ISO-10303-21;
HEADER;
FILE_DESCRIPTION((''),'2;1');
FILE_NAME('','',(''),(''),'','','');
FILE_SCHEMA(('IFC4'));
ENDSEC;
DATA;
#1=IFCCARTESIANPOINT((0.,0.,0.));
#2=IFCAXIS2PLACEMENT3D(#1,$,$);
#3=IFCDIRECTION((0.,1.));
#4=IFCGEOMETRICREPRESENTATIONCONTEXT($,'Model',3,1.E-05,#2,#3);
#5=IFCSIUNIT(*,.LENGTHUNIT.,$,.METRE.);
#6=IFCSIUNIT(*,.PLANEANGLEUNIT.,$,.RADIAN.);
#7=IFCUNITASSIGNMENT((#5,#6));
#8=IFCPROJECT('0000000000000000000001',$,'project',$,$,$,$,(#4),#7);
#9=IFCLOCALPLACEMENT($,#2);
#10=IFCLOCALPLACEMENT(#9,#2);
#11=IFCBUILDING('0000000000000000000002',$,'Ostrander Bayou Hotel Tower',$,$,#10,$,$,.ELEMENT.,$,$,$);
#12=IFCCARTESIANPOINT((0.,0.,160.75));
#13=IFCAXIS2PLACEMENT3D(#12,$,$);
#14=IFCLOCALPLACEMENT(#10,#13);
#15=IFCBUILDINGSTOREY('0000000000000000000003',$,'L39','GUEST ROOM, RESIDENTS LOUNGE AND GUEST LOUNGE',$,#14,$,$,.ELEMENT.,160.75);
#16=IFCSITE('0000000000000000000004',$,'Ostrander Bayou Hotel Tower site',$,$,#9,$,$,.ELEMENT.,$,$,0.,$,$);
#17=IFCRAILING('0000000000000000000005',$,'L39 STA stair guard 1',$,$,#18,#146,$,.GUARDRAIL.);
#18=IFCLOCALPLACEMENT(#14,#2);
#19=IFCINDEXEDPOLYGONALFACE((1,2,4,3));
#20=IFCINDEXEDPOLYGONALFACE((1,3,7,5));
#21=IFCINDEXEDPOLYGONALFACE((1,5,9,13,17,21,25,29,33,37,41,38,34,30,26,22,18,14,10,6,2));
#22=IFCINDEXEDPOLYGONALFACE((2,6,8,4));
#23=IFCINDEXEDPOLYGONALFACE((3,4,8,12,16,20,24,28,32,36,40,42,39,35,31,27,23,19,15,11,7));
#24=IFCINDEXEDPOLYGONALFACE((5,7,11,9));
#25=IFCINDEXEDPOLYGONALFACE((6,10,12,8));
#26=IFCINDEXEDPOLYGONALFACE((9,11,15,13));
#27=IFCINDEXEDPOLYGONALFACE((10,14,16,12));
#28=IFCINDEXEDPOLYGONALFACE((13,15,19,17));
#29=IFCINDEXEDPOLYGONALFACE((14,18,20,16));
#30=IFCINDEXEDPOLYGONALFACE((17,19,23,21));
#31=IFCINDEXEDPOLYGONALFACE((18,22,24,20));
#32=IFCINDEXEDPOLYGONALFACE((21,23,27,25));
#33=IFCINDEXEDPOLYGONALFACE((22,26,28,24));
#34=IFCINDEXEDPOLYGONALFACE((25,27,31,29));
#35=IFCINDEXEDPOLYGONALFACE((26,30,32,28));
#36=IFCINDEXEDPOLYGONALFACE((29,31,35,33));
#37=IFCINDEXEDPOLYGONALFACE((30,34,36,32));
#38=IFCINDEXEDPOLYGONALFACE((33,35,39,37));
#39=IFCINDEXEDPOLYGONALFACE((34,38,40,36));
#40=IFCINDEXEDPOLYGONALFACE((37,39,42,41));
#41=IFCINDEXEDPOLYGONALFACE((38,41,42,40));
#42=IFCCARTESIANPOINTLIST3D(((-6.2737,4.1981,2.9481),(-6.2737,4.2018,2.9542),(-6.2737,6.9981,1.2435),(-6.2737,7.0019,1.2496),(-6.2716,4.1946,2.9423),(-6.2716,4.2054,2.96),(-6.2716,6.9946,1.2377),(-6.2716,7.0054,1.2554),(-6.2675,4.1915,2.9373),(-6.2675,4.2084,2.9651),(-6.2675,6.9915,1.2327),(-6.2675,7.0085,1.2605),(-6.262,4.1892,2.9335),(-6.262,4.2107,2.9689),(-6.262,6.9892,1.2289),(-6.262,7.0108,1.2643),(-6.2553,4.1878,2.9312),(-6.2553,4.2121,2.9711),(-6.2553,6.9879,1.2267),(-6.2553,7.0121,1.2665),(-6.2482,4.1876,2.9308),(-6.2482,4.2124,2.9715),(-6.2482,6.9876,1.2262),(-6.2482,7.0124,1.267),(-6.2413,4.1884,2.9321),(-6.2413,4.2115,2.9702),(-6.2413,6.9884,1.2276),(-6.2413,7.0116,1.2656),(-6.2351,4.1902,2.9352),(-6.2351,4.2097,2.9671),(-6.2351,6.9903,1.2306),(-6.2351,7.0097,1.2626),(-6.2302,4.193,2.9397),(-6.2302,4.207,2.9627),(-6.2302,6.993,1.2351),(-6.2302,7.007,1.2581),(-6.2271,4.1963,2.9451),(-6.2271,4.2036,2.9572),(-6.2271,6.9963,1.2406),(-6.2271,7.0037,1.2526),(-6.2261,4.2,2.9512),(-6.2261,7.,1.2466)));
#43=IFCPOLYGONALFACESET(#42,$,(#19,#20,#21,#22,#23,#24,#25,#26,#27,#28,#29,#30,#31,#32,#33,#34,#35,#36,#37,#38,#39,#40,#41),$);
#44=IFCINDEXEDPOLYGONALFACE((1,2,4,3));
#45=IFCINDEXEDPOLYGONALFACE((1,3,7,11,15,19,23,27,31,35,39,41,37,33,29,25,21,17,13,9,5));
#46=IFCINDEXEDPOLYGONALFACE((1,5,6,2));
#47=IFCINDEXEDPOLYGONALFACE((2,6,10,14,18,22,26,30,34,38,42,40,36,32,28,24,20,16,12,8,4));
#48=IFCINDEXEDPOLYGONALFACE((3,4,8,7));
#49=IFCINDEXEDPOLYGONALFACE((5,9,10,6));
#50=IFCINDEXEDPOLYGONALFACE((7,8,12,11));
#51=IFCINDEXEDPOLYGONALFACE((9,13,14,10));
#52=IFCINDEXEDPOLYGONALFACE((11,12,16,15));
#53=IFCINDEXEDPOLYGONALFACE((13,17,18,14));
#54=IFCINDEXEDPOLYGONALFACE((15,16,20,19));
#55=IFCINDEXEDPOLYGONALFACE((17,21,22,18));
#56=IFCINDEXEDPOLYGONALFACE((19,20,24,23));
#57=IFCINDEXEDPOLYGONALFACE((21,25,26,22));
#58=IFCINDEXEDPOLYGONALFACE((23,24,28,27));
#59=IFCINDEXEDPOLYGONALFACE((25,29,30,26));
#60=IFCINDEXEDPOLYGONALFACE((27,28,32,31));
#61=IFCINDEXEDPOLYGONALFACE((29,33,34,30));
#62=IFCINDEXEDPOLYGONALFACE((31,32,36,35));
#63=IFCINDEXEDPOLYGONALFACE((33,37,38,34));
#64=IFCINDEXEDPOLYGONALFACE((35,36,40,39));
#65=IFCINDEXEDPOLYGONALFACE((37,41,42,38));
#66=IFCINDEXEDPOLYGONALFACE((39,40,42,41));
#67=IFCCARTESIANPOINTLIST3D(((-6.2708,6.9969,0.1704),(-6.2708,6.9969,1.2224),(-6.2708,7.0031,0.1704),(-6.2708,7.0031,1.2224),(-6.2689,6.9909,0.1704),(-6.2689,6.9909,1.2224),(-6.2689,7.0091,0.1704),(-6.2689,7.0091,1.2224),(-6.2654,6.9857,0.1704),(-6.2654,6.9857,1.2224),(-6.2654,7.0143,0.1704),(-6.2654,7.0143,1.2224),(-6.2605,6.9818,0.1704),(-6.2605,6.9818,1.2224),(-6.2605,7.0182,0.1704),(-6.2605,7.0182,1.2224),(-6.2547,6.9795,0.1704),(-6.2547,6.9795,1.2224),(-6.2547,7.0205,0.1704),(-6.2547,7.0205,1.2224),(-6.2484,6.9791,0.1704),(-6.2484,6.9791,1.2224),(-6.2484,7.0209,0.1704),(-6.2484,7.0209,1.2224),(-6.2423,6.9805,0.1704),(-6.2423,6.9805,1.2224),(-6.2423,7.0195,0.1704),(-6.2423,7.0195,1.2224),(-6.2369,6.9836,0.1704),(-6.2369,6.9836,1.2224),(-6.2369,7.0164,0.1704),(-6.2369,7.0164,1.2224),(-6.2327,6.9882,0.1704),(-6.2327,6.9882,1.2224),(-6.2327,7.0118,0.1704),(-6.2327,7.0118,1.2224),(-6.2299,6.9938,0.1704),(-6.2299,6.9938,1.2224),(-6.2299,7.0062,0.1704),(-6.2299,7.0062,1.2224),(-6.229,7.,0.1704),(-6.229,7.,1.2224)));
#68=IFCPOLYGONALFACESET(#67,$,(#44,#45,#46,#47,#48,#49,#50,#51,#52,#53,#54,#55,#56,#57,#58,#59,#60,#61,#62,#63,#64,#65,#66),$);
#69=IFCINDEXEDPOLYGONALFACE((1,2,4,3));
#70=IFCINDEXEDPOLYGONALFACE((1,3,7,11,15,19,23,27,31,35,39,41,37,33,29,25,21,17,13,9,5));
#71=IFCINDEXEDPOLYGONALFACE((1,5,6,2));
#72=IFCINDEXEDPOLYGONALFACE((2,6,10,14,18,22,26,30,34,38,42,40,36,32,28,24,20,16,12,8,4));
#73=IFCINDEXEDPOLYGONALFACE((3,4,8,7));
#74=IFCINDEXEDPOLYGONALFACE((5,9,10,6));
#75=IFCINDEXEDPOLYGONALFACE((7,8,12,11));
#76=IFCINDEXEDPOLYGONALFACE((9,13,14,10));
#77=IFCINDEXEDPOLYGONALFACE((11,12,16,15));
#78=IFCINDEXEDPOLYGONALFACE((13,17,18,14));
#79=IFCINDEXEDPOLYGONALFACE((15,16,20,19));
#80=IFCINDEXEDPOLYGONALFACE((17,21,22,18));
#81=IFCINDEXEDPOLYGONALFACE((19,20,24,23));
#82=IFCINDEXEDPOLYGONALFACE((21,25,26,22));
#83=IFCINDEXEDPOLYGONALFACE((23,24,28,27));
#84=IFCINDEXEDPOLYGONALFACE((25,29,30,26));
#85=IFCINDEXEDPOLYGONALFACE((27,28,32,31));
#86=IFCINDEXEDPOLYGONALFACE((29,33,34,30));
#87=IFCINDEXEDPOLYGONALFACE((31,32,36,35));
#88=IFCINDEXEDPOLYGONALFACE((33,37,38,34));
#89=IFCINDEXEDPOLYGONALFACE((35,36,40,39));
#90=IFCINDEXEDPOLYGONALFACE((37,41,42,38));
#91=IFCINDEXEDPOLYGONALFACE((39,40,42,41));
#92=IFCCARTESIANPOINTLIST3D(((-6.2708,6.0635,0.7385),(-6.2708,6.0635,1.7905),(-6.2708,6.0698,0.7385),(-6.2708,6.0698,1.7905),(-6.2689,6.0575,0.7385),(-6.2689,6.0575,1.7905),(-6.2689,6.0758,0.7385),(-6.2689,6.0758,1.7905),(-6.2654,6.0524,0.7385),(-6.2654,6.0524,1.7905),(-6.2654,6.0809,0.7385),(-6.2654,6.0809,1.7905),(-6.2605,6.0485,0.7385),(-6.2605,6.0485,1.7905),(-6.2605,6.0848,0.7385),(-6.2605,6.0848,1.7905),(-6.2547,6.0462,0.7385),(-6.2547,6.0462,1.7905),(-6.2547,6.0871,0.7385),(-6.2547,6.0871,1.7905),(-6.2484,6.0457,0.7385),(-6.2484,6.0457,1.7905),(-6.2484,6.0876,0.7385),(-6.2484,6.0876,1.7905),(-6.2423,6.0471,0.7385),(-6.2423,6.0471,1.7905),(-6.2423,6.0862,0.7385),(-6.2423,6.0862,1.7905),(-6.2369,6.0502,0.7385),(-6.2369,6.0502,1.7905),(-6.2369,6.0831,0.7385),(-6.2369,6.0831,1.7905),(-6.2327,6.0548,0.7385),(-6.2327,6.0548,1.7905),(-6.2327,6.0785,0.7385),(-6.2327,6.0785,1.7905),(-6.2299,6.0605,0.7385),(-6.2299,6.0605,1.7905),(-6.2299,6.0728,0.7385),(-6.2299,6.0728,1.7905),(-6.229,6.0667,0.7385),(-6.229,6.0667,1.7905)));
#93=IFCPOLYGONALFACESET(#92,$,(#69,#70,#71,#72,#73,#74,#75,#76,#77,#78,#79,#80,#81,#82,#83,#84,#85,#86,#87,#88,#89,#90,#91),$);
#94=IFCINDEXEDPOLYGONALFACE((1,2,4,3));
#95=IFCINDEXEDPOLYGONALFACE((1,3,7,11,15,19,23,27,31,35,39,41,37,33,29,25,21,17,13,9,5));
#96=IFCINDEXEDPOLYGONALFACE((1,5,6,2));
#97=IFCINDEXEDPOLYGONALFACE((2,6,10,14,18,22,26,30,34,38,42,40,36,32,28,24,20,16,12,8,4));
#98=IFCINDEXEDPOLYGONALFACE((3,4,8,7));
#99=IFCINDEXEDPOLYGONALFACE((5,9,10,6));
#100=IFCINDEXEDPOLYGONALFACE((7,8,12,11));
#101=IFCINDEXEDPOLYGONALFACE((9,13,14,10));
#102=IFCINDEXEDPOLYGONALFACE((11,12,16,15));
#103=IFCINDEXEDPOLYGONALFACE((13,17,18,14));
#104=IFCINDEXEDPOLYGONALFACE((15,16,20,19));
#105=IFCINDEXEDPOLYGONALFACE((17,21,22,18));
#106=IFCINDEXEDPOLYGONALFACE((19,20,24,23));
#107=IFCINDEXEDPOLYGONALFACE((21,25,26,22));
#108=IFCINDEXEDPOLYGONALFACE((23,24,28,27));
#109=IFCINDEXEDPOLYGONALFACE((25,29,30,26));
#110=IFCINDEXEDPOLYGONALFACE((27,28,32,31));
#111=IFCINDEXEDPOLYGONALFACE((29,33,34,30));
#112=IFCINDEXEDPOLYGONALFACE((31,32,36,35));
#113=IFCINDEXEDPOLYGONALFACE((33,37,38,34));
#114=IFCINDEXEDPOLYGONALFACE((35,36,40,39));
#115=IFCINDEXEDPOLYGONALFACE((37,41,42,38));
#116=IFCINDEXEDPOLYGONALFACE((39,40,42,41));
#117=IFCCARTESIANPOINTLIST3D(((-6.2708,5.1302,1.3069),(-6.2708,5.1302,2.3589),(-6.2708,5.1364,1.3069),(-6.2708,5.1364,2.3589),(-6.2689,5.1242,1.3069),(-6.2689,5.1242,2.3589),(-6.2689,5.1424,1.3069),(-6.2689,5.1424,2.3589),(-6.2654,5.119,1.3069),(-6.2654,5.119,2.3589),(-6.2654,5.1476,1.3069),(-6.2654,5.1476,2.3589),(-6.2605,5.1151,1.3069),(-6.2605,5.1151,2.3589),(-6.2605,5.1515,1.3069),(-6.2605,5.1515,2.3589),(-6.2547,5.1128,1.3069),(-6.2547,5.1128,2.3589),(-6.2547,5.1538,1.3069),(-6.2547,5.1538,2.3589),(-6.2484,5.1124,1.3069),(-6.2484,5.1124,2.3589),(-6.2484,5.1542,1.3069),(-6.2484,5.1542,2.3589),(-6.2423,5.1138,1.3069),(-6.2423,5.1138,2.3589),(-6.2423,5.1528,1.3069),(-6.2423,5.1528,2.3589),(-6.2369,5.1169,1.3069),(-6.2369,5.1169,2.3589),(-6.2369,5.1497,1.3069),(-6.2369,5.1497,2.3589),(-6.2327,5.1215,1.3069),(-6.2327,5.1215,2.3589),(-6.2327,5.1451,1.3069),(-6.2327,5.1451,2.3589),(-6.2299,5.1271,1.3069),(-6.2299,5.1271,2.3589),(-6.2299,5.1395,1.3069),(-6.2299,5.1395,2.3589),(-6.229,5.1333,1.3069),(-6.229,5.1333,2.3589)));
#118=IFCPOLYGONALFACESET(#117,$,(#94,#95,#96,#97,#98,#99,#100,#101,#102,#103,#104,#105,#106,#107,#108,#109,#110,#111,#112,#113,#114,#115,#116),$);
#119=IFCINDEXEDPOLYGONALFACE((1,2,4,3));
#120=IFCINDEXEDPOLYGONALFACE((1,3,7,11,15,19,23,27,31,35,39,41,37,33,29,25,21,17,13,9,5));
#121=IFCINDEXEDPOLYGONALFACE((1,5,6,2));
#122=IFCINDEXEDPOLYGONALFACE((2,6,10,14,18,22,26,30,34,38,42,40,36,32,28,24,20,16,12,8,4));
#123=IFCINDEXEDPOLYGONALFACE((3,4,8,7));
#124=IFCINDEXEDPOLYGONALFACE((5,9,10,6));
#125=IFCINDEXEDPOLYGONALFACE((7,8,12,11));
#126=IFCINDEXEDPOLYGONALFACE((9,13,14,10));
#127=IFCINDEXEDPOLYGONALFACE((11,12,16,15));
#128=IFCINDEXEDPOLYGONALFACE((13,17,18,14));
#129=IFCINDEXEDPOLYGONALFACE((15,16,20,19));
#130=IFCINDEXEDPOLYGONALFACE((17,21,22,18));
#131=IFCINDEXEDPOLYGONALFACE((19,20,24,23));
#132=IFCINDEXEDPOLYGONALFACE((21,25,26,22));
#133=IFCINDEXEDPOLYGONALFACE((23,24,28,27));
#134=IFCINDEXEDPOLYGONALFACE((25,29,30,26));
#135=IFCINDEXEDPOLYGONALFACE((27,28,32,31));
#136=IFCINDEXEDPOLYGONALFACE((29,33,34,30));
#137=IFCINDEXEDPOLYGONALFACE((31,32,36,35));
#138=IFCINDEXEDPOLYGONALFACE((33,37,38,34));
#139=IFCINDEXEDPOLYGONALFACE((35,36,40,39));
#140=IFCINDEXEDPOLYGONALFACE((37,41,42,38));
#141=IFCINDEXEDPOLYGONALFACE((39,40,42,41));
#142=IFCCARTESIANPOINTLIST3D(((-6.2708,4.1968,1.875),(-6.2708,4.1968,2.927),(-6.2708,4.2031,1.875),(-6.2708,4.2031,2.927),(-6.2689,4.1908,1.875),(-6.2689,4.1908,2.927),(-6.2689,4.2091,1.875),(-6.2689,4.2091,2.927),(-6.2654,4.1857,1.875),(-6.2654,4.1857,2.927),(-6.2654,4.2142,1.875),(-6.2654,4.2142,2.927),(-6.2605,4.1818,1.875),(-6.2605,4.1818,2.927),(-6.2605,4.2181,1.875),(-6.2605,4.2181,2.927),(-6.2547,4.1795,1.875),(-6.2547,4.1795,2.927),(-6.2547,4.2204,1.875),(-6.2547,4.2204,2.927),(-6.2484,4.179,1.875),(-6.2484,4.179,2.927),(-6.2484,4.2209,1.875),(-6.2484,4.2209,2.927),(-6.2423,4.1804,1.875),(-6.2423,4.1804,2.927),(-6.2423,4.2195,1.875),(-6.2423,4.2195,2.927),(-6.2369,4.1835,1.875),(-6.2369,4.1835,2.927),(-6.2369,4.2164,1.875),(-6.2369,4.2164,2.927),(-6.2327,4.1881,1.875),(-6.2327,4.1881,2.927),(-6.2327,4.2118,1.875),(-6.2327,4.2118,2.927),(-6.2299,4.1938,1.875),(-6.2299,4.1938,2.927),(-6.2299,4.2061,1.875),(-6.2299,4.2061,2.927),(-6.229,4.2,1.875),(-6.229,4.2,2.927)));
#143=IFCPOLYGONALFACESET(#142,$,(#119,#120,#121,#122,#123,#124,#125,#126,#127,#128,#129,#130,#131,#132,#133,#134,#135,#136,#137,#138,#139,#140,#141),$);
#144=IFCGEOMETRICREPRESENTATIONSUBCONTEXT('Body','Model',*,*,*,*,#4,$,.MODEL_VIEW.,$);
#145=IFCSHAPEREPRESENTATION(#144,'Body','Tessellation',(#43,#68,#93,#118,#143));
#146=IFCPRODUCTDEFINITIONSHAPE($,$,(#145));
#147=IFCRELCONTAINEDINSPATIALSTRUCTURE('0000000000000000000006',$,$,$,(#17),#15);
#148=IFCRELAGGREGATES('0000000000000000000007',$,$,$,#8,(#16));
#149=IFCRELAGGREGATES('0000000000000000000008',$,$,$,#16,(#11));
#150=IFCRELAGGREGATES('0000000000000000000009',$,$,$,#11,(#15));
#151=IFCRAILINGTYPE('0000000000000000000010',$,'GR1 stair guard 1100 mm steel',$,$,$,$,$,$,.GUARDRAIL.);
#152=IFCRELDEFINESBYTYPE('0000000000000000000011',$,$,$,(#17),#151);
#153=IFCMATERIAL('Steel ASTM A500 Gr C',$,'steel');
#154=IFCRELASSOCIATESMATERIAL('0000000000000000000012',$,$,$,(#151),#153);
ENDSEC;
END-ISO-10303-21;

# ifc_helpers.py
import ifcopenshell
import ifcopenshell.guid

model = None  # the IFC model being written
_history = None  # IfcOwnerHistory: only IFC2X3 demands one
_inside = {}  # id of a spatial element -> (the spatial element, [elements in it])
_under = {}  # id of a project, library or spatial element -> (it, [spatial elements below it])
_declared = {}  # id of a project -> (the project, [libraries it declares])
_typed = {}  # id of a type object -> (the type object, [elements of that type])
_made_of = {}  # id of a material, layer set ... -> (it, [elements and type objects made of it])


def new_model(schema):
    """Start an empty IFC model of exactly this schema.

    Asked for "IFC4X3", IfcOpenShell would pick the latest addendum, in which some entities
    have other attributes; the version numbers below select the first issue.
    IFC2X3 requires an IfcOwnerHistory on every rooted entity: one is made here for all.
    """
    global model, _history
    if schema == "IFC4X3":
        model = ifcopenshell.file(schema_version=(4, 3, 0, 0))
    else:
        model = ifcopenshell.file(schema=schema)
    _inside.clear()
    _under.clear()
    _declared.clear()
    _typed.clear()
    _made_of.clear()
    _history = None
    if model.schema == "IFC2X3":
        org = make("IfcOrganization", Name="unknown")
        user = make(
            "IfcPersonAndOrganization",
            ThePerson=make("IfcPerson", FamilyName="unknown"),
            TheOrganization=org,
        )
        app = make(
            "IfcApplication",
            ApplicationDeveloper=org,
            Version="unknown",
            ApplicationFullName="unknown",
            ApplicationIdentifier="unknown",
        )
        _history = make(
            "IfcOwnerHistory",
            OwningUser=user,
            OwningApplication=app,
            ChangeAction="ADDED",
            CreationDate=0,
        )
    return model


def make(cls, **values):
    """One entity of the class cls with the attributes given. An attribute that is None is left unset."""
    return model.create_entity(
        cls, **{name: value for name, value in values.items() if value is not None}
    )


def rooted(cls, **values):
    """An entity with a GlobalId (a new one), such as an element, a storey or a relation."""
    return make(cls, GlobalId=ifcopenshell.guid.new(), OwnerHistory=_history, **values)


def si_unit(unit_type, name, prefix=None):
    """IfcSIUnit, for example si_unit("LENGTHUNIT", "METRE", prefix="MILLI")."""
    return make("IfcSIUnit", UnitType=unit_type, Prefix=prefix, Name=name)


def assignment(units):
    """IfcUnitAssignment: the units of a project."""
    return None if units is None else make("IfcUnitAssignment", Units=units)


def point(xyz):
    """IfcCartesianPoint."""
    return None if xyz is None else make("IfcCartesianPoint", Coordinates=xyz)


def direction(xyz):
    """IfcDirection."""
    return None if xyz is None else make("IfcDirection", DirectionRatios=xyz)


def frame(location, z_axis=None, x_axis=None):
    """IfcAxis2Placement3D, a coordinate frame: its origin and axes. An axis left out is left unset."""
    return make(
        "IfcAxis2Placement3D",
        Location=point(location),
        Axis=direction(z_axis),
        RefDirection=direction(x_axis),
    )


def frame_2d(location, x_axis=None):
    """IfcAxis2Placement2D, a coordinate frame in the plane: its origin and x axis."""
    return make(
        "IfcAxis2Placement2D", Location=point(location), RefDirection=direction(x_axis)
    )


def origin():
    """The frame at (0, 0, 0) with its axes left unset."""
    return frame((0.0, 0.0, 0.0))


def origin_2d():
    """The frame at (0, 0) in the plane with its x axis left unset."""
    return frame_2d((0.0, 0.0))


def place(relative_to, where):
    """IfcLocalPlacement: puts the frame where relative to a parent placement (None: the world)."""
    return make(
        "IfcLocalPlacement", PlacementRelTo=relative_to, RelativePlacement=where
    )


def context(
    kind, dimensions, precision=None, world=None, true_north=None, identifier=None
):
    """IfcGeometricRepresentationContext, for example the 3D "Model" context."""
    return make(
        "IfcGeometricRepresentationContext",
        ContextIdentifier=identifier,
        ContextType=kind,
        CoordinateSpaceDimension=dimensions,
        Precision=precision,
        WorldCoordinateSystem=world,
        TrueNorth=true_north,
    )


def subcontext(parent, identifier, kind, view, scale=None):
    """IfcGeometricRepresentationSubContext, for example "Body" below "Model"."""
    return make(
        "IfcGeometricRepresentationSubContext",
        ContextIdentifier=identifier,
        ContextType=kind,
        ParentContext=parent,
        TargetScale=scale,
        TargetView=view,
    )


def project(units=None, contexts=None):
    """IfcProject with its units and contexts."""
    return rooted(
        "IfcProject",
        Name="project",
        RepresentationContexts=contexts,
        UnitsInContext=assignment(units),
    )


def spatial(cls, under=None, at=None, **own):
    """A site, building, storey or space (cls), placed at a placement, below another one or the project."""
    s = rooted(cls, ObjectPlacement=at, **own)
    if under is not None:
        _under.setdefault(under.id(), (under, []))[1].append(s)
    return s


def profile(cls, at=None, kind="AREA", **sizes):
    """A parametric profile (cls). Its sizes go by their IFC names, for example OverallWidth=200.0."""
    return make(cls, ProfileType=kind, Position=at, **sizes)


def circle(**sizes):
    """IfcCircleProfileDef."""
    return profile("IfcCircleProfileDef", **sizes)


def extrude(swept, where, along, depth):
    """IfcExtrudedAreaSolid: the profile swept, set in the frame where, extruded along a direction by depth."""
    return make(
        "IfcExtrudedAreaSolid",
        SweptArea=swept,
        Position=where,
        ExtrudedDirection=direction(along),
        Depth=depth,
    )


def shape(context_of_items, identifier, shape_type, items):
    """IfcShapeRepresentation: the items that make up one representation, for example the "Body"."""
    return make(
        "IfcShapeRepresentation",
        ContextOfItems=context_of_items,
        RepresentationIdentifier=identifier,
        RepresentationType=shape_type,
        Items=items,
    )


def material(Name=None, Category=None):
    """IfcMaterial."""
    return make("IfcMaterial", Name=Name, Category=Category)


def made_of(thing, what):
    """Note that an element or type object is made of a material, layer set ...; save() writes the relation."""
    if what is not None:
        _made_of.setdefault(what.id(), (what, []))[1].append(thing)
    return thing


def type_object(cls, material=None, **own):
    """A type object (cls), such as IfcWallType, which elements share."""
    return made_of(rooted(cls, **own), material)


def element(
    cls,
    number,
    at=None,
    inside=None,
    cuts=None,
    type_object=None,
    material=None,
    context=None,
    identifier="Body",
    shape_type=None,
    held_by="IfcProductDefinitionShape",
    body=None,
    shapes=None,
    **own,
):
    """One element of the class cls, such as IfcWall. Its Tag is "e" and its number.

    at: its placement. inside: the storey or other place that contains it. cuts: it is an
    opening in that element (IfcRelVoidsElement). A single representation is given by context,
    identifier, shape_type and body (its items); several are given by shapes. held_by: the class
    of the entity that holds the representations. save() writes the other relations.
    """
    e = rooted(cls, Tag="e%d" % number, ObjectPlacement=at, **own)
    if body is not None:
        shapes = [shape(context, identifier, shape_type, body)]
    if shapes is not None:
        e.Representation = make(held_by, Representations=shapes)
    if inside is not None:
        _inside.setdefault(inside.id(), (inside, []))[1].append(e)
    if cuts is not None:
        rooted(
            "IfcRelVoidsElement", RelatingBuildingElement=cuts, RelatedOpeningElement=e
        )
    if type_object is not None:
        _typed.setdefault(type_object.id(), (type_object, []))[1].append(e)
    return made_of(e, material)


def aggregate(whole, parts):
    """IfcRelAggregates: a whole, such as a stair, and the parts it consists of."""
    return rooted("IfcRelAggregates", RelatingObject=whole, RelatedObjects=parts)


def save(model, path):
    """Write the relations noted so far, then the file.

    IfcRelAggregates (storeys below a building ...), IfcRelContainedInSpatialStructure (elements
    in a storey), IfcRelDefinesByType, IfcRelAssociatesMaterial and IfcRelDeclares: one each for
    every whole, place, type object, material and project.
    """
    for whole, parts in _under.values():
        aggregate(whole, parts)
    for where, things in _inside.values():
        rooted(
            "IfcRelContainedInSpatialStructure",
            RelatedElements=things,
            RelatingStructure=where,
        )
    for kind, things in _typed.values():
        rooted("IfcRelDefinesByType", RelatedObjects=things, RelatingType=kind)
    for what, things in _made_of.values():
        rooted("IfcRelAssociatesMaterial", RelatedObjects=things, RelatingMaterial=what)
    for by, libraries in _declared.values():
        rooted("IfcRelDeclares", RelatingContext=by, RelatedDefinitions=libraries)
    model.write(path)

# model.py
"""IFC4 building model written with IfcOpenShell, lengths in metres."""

from ifc_helpers import new_model, si_unit, direction, frame, origin, origin_2d, place, context, subcontext, project, spatial, circle, extrude, material, type_object, element, save


model = new_model("IFC4")

# Units and contexts
model_context = context("Model", 3, precision=1e-05, world=origin(), true_north=direction((0.0, 1.0)))
body_context = subcontext(model_context, "Body", "Model", "MODEL_VIEW")
ifc_project = project(units=[si_unit("LENGTHUNIT", "METRE"), si_unit("PLANEANGLEUNIT", "RADIAN")], contexts=[model_context])

# Site, building, storey
site_placement = place(None, origin())
site = spatial("IfcSite", under=ifc_project, at=site_placement, Name="Ostrander Bayou Hotel Tower site", CompositionType="ELEMENT", RefElevation=0.0)
building_placement = place(site_placement, origin())
building = spatial("IfcBuilding", under=site, at=building_placement, Name="Ostrander Bayou Hotel Tower", CompositionType="ELEMENT")
storey_placement = place(building_placement, frame((0.0, 0.0, 160.75)))
storey = spatial("IfcBuildingStorey", under=building, at=storey_placement, Name="L39", Description="GUEST ROOM, RESIDENTS LOUNGE AND GUEST LOUNGE", CompositionType="ELEMENT", Elevation=160.75)

# Railing
ifc_material_1 = material(Name="Steel ASTM A500 Gr C", Category="steel")
railing_type_1 = type_object("IfcRailingType", Name="GR1 stair guard 1100 mm steel", PredefinedType="GUARDRAIL", material=ifc_material_1)
railing_1_placement = place(storey_placement, frame((-6.25, 7.0, 0.1704)))
element("IfcRailing", 1, at=railing_1_placement, inside=storey, type_object=railing_type_1, Name="L39 STA stair guard 1", PredefinedType="GUARDRAIL", context=body_context, shape_type="SweptSolid", body=[
    extrude(circle(Radius=0.0239, at=origin_2d()), frame((0.0, 0.0, 1.0762), z_axis=(0.0, -0.85417, 0.519994), x_axis=(1.0, 0.0, 0.0)), (0.0, 0.0, 1.0), 3.2781),
    extrude(circle(Radius=0.021, at=origin_2d()), origin(), (0.0, 0.0, 1.0), 1.052),
    extrude(circle(Radius=0.021, at=origin_2d()), frame((0.0, -0.9333, 0.5681)), (0.0, 0.0, 1.0), 1.052),
    extrude(circle(Radius=0.021, at=origin_2d()), frame((0.0, -1.8667, 1.1365)), (0.0, 0.0, 1.0), 1.052),
    extrude(circle(Radius=0.021, at=origin_2d()), frame((0.0, -2.8, 1.7046)), (0.0, 0.0, 1.0), 1.052),
])

save(model, "model.ifc")
